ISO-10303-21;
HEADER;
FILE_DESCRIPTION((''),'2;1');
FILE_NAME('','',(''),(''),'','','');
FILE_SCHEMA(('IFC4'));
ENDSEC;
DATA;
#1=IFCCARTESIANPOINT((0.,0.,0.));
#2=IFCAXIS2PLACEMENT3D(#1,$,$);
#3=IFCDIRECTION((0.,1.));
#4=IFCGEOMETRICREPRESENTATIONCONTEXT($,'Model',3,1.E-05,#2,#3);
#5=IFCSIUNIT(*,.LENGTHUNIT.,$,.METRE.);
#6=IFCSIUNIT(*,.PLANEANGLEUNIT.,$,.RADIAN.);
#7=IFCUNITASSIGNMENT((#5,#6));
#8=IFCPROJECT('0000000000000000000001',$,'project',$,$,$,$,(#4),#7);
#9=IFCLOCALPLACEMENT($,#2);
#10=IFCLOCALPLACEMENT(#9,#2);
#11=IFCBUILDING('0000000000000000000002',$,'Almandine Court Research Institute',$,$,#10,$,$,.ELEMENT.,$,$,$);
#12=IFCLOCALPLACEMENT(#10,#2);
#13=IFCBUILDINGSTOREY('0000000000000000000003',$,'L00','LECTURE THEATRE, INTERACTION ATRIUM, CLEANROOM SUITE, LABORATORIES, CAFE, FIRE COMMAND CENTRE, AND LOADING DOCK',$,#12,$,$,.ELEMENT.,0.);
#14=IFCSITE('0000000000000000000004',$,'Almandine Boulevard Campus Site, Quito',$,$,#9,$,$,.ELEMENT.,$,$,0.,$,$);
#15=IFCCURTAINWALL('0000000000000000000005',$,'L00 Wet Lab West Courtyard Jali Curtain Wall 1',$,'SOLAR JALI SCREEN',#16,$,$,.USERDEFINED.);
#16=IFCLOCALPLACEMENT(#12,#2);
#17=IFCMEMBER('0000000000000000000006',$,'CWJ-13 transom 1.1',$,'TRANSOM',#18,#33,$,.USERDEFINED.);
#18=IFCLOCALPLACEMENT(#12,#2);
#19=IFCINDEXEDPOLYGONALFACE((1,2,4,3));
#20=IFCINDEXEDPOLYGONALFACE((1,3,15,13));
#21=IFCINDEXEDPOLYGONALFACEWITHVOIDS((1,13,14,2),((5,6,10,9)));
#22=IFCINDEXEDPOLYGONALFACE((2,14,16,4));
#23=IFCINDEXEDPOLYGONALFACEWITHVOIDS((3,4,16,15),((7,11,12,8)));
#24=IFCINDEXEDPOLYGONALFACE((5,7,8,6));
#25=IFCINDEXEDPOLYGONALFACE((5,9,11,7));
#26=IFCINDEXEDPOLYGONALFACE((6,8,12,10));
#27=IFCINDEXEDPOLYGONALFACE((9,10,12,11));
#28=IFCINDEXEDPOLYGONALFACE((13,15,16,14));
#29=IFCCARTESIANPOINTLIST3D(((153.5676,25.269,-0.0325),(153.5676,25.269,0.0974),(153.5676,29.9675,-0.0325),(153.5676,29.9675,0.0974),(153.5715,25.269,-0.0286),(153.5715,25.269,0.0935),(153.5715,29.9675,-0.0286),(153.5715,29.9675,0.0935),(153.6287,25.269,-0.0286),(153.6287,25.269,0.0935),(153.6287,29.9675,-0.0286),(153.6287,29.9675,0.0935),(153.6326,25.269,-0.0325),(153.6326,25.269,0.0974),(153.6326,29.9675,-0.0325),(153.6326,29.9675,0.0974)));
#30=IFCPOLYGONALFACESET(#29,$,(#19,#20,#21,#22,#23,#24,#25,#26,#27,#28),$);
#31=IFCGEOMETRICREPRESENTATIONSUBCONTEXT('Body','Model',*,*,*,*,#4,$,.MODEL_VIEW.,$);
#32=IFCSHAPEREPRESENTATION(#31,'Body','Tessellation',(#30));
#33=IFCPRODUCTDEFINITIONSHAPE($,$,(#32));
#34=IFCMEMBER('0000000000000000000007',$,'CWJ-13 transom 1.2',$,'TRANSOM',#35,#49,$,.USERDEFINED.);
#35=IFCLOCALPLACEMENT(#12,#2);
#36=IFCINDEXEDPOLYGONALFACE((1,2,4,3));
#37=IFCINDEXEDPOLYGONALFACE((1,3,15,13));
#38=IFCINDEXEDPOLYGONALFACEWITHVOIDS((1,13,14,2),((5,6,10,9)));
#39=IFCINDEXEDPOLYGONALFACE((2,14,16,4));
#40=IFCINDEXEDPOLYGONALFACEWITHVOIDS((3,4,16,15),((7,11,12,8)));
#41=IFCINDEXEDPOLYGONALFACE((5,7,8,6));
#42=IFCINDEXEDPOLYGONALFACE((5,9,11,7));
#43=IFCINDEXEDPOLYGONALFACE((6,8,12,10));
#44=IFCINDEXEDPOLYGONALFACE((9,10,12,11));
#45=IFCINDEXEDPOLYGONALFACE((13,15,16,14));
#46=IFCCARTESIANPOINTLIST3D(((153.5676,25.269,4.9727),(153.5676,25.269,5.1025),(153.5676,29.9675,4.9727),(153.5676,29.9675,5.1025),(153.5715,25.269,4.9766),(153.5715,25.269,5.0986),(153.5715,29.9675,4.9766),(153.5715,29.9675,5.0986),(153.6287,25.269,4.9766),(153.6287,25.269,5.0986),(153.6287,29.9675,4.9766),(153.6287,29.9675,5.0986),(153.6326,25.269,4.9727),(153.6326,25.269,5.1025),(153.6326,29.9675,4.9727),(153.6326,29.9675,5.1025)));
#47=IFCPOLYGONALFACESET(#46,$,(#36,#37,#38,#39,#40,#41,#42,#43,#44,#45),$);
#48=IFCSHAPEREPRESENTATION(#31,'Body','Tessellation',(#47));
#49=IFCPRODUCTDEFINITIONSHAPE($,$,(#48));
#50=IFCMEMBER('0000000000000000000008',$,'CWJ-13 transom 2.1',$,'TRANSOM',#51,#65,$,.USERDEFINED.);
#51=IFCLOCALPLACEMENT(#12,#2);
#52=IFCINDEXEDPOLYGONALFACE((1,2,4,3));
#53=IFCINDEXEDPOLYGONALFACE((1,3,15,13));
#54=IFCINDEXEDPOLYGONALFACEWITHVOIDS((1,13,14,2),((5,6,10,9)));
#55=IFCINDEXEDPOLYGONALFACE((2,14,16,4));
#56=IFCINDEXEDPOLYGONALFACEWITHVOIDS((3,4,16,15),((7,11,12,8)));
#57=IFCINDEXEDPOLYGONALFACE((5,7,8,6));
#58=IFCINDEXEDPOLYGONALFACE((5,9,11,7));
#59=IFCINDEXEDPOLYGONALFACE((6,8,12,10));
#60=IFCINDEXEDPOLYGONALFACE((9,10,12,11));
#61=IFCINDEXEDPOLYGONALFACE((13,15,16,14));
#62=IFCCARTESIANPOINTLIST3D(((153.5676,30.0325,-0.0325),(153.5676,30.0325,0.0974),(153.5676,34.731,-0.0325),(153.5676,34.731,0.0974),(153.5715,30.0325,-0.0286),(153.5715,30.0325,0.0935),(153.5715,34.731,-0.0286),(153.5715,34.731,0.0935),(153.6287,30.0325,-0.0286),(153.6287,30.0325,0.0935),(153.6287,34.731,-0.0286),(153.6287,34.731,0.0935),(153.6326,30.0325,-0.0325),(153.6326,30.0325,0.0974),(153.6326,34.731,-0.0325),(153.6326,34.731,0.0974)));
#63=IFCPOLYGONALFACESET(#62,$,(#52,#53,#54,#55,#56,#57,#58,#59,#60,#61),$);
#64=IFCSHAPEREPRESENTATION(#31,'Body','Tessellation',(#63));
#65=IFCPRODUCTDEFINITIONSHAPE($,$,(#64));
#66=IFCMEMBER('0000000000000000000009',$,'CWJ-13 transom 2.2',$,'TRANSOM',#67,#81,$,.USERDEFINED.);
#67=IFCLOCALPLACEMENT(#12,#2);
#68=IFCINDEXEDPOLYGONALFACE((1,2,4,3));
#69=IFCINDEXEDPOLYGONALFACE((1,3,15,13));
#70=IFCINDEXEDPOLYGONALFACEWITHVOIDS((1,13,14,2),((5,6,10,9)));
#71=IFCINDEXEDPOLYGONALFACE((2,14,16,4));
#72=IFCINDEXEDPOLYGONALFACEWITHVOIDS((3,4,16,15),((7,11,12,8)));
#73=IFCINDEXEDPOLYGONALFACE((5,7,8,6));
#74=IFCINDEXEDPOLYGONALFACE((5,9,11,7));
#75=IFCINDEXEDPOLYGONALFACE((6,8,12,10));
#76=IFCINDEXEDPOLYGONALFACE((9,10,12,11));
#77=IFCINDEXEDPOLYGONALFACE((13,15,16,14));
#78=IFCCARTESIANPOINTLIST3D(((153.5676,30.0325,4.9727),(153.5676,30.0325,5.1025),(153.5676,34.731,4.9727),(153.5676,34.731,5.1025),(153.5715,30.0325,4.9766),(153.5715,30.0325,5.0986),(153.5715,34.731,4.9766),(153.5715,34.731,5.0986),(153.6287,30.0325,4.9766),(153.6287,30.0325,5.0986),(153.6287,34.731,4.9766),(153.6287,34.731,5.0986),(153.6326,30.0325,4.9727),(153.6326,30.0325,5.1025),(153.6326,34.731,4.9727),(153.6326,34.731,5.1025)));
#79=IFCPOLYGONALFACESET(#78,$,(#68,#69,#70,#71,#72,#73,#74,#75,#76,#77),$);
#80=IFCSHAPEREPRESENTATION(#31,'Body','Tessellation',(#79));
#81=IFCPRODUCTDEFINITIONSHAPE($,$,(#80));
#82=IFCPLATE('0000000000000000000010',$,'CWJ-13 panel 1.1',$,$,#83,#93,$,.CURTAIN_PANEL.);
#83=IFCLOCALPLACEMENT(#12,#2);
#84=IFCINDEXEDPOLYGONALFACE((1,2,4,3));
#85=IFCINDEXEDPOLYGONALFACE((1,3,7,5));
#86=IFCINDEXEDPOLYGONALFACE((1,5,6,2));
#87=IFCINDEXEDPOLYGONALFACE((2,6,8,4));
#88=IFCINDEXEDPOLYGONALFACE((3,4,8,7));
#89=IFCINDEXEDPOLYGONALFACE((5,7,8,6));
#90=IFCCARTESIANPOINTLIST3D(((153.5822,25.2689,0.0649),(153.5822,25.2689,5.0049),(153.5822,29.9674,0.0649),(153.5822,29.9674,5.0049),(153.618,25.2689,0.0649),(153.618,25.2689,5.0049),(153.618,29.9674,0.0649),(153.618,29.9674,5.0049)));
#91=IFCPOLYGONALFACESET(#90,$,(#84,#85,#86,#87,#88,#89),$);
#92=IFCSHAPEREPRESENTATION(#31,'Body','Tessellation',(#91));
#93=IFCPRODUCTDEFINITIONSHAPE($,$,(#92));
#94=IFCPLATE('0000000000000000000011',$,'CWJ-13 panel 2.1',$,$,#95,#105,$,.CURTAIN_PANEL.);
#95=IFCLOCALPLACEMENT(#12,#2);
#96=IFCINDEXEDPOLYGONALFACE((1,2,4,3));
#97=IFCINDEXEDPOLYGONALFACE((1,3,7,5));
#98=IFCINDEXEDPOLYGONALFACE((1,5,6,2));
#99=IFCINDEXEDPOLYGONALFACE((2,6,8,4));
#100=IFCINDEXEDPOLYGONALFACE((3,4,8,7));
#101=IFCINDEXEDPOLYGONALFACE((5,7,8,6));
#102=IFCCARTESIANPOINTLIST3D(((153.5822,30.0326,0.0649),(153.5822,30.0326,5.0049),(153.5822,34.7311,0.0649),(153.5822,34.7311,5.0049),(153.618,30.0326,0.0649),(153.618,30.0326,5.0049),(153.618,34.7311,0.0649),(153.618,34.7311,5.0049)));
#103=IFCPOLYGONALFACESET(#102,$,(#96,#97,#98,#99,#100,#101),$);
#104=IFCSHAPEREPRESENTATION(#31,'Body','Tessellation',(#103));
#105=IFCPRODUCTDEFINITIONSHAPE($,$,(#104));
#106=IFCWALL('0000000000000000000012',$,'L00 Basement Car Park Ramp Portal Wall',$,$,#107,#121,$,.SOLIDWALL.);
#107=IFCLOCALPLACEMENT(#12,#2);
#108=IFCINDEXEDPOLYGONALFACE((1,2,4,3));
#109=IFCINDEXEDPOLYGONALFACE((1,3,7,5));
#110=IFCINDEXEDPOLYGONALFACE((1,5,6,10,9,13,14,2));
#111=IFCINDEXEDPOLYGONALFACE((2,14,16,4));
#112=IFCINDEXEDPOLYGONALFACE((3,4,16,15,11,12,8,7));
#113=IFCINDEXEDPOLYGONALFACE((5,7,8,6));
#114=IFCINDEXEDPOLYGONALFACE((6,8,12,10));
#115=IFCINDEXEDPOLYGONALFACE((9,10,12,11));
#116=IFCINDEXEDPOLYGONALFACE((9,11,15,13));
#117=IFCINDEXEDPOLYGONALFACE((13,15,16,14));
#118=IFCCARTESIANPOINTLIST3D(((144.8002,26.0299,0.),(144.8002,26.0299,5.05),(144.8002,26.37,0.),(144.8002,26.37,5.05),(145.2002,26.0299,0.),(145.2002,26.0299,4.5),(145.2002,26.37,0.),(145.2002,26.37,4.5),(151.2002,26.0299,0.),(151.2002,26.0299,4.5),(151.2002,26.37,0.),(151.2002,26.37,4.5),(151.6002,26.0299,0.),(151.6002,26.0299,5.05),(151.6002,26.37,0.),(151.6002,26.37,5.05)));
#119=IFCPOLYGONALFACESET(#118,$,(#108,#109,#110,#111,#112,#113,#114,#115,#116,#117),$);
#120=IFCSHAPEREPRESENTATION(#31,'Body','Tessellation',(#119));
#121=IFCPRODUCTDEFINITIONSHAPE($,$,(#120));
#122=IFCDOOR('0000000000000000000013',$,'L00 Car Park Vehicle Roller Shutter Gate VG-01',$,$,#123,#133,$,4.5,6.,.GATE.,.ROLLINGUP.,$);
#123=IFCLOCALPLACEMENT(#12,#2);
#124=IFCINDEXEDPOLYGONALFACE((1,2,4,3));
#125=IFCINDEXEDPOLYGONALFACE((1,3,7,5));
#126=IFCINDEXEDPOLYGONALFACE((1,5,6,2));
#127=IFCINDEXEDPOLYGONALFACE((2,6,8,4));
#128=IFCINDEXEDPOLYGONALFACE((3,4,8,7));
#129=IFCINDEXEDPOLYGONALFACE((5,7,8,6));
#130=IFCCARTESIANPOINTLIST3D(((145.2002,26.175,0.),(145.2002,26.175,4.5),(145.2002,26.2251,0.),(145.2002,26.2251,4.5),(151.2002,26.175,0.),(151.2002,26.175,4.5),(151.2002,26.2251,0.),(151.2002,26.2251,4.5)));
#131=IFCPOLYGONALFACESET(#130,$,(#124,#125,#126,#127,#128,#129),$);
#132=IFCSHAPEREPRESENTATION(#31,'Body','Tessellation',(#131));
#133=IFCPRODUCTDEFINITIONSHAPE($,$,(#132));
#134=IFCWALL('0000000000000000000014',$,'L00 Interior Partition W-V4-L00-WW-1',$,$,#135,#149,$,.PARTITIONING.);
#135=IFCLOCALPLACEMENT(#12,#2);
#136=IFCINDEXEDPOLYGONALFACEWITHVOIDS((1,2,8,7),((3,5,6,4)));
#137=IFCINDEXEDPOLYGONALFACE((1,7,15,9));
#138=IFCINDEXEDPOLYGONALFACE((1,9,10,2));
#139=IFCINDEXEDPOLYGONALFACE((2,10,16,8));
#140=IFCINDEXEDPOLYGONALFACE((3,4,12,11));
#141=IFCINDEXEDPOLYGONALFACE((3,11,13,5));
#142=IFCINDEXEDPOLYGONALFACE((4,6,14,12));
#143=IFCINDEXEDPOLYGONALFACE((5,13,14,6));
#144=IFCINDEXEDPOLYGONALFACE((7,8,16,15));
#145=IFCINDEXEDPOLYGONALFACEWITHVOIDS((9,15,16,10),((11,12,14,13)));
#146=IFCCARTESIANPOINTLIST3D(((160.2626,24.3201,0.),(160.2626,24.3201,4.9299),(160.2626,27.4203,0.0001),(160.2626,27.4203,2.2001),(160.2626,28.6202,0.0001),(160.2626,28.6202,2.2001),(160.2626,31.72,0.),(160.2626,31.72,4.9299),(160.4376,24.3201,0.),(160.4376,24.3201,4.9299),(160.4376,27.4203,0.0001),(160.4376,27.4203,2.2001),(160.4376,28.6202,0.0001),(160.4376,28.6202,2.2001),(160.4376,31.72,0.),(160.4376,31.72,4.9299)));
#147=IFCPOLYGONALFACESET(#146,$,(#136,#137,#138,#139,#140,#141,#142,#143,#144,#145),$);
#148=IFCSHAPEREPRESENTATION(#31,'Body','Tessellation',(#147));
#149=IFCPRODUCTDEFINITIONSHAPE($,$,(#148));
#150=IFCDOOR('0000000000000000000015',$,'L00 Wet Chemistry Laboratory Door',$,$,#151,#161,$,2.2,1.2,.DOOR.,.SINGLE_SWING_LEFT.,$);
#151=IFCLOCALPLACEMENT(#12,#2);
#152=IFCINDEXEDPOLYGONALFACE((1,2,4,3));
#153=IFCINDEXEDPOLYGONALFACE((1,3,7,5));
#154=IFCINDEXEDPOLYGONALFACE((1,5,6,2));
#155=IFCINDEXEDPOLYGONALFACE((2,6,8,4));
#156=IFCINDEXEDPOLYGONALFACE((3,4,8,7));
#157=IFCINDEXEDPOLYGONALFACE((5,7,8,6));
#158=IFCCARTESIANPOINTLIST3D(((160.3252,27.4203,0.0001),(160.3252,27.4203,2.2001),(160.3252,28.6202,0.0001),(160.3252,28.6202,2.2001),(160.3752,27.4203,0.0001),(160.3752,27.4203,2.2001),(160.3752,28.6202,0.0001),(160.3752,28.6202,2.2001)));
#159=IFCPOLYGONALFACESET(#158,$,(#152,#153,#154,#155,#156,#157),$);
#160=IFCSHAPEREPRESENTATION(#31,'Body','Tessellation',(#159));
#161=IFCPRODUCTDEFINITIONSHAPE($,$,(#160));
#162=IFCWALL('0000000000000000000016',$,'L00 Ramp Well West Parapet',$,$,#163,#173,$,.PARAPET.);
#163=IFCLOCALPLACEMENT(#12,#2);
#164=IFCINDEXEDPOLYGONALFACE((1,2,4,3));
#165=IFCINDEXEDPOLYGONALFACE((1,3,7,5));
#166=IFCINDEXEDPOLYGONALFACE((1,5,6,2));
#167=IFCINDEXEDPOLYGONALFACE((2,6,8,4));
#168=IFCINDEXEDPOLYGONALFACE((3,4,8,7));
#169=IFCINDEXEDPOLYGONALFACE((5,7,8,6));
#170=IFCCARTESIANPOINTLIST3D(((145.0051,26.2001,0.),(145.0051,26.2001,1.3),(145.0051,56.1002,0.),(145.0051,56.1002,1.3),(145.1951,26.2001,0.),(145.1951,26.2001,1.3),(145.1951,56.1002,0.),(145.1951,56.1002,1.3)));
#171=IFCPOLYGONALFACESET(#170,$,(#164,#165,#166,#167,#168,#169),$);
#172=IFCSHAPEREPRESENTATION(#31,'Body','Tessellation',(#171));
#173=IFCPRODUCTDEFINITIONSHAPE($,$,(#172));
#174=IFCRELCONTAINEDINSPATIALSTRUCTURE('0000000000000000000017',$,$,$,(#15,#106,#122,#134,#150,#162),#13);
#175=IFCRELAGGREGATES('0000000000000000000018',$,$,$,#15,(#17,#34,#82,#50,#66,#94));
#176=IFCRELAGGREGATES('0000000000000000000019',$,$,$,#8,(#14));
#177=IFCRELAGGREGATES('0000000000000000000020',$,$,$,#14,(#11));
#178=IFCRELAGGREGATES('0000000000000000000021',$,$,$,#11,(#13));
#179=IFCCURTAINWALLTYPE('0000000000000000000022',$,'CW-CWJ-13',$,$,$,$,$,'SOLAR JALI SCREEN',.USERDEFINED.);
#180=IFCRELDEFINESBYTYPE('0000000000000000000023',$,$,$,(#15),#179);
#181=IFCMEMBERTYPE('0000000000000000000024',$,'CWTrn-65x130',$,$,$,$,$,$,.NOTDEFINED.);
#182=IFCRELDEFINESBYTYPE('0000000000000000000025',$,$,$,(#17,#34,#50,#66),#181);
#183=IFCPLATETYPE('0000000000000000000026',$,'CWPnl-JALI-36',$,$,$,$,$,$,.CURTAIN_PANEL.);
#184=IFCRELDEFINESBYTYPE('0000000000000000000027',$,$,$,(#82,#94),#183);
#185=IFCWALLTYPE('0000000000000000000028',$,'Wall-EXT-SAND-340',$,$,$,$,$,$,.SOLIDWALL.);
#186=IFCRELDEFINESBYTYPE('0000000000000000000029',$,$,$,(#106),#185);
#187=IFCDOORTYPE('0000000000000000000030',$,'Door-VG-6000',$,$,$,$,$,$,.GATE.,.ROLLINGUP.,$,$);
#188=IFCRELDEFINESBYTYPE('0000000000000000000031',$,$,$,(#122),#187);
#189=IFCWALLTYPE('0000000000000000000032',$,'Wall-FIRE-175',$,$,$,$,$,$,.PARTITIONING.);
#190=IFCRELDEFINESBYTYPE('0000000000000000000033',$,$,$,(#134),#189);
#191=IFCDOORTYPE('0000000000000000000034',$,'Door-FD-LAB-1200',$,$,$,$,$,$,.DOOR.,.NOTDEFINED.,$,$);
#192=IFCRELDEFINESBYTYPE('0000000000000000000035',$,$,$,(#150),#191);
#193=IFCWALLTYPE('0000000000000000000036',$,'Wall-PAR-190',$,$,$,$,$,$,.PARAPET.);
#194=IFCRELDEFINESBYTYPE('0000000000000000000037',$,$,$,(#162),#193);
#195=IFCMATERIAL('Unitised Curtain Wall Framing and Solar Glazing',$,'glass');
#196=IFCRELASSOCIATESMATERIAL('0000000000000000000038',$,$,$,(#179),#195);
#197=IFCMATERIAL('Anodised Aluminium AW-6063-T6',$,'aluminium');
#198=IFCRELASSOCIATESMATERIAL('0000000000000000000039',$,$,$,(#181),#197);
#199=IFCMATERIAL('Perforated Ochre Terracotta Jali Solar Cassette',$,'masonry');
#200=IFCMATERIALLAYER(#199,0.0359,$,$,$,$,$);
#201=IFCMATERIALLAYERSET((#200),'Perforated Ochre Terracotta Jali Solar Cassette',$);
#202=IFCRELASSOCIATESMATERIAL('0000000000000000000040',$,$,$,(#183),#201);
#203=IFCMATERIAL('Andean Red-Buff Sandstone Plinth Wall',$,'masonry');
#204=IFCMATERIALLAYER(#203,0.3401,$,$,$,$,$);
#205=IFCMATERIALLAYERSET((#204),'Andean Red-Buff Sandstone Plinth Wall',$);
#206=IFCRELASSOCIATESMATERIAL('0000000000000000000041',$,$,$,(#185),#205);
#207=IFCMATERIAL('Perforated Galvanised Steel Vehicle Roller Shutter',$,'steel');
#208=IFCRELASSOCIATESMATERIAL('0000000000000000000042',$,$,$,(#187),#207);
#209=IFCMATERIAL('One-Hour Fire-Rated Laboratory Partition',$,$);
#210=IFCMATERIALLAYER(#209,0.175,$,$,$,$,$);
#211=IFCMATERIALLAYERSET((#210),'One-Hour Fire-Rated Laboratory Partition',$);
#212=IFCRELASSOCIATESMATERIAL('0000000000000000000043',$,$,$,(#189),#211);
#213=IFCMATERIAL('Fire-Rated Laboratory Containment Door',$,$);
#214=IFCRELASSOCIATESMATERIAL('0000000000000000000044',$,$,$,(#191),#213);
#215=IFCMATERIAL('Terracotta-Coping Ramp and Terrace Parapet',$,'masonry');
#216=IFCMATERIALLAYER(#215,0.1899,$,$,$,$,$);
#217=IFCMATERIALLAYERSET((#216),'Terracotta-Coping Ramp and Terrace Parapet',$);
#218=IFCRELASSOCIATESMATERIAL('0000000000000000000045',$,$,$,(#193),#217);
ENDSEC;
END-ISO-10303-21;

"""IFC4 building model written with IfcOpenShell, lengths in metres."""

from ifc_helpers import new_model, si_unit, direction, frame, frame_2d, origin, origin_2d, place, context, subcontext, project, spatial, rectangle, hollow_rectangle, extrude, material, layer, layer_set, material_profile, profile_set, type_object, element, fill, aggregate, save


model = new_model("IFC4")

# Units and contexts
model_context = context("Model", 3, precision=1e-05, world=origin(), true_north=direction((0.0, 1.0)))
body_context = subcontext(model_context, "Body", "Model", "MODEL_VIEW")
ifc_project = project(units=[si_unit("LENGTHUNIT", "METRE"), si_unit("PLANEANGLEUNIT", "RADIAN")], contexts=[model_context])

# Site, building, storey
site_placement = place(None, origin())
site = spatial("IfcSite", under=ifc_project, at=site_placement, Name="Almandine Boulevard Campus Site, Quito", CompositionType="ELEMENT", RefElevation=0.0)
building_placement = place(site_placement, origin())
building = spatial("IfcBuilding", under=site, at=building_placement, Name="Almandine Court Research Institute", CompositionType="ELEMENT")
storey_placement = place(building_placement, origin())
storey = spatial("IfcBuildingStorey", under=building, at=storey_placement, Name="L00", Description="LECTURE THEATRE, INTERACTION ATRIUM, CLEANROOM SUITE, LABORATORIES, CAFE, FIRE COMMAND CENTRE, AND LOADING DOCK", CompositionType="ELEMENT", Elevation=0.0)

# Curtain wall, members, plates
ifc_material_1 = material(Name="Unitised Curtain Wall Framing and Solar Glazing", Category="glass")
curtain_wall_type = type_object("IfcCurtainWallType", Name="CW-CWJ-13", ElementType="SOLAR JALI SCREEN", PredefinedType="USERDEFINED", material=ifc_material_1)
curtain_wall_placement = place(storey_placement, origin())
curtain_wall = element("IfcCurtainWall", 1, at=curtain_wall_placement, inside=storey, type_object=curtain_wall_type, Name="L00 Wet Lab West Courtyard Jali Curtain Wall 1", ObjectType="SOLAR JALI SCREEN", PredefinedType="USERDEFINED")
ifc_material_2 = material(Name="Anodised Aluminium AW-6063-T6", Category="aluminium")
ifc_material_profile_1 = material_profile(ifc_material_2, hollow_rectangle(XDim=0.0649, YDim=0.1299, WallThickness=0.0039, at=origin_2d()), Name="ALU RHS 65x130x4")
ifc_profile_set_1 = profile_set([ifc_material_profile_1], Name="Anodised Aluminium AW-6063-T6")
member_type_1 = type_object("IfcMemberType", Name="CWTrn-65x130", PredefinedType="NOTDEFINED", material=ifc_profile_set_1)
member_1_placement = place(storey_placement, frame((153.6001, 25.269, 0.0325), z_axis=(0.0, 1.0, 0.0), x_axis=(-1.0, 0.0, 0.0)))
member_1 = element("IfcMember", 2, at=member_1_placement, type_object=member_type_1, Name="CWJ-13 transom 1.1", ObjectType="TRANSOM", PredefinedType="USERDEFINED", context=body_context, shape_type="SweptSolid", body=[
    extrude(hollow_rectangle(XDim=0.0649, YDim=0.1299, WallThickness=0.0039, at=origin_2d()), origin(), (0.0, 0.0, 1.0), 4.6985),
])
member_2_placement = place(storey_placement, frame((153.6001, 25.269, 5.0376), z_axis=(0.0, 1.0, 0.0), x_axis=(-1.0, 0.0, 0.0)))
member_2 = element("IfcMember", 3, at=member_2_placement, type_object=member_type_1, Name="CWJ-13 transom 1.2", ObjectType="TRANSOM", PredefinedType="USERDEFINED", context=body_context, shape_type="SweptSolid", body=[
    extrude(hollow_rectangle(XDim=0.0649, YDim=0.1299, WallThickness=0.0039, at=origin_2d()), origin(), (0.0, 0.0, 1.0), 4.6985),
])
member_3_placement = place(storey_placement, frame((153.6001, 30.0325, 0.0325), z_axis=(0.0, 1.0, 0.0), x_axis=(-1.0, 0.0, 0.0)))
member_3 = element("IfcMember", 4, at=member_3_placement, type_object=member_type_1, Name="CWJ-13 transom 2.1", ObjectType="TRANSOM", PredefinedType="USERDEFINED", context=body_context, shape_type="SweptSolid", body=[
    extrude(hollow_rectangle(XDim=0.0649, YDim=0.1299, WallThickness=0.0039, at=origin_2d()), origin(), (0.0, 0.0, 1.0), 4.6985),
])
member_4_placement = place(storey_placement, frame((153.6001, 30.0325, 5.0376), z_axis=(0.0, 1.0, 0.0), x_axis=(-1.0, 0.0, 0.0)))
member_4 = element("IfcMember", 5, at=member_4_placement, type_object=member_type_1, Name="CWJ-13 transom 2.2", ObjectType="TRANSOM", PredefinedType="USERDEFINED", context=body_context, shape_type="SweptSolid", body=[
    extrude(hollow_rectangle(XDim=0.0649, YDim=0.1299, WallThickness=0.0039, at=origin_2d()), origin(), (0.0, 0.0, 1.0), 4.6985),
])
ifc_material_3 = material(Name="Perforated Ochre Terracotta Jali Solar Cassette", Category="masonry")
ifc_layer_1 = layer(ifc_material_3, 0.0359)
ifc_layer_set_1 = layer_set([ifc_layer_1], Name="Perforated Ochre Terracotta Jali Solar Cassette")
plate_type = type_object("IfcPlateType", Name="CWPnl-JALI-36", PredefinedType="CURTAIN_PANEL", material=ifc_layer_set_1)
plate_1_placement = place(storey_placement, frame((153.6001, 27.6182, 0.0649), z_axis=(0.0, 0.0, 1.0), x_axis=(0.0, 1.0, 0.0)))
plate_1 = element("IfcPlate", 6, at=plate_1_placement, type_object=plate_type, Name="CWJ-13 panel 1.1", PredefinedType="CURTAIN_PANEL", context=body_context, shape_type="SweptSolid", body=[
    extrude(rectangle(XDim=4.6985, YDim=0.0359, at=origin_2d()), origin(), (0.0, 0.0, 1.0), 4.9399),
])
plate_2_placement = place(storey_placement, frame((153.6001, 32.3818, 0.0649), z_axis=(0.0, 0.0, 1.0), x_axis=(0.0, 1.0, 0.0)))
plate_2 = element("IfcPlate", 7, at=plate_2_placement, type_object=plate_type, Name="CWJ-13 panel 2.1", PredefinedType="CURTAIN_PANEL", context=body_context, shape_type="SweptSolid", body=[
    extrude(rectangle(XDim=4.6985, YDim=0.0359, at=origin_2d()), origin(), (0.0, 0.0, 1.0), 4.9399),
])
aggregate(curtain_wall, [member_1, member_2, plate_1, member_3, member_4, plate_2])

# Walls, openings, doors
ifc_material_4 = material(Name="Andean Red-Buff Sandstone Plinth Wall", Category="masonry")
ifc_layer_2 = layer(ifc_material_4, 0.3401)
ifc_layer_set_2 = layer_set([ifc_layer_2], Name="Andean Red-Buff Sandstone Plinth Wall")
wall_type_1 = type_object("IfcWallType", Name="Wall-EXT-SAND-340", PredefinedType="SOLIDWALL", material=ifc_layer_set_2)
wall_1_placement = place(storey_placement, frame((151.6001, 26.2, 0.0), z_axis=(0.0, 0.0, 1.0), x_axis=(-1.0, 0.0, 0.0)))
wall_1 = element("IfcWall", 8, at=wall_1_placement, inside=storey, type_object=wall_type_1, Name="L00 Basement Car Park Ramp Portal Wall", PredefinedType="SOLIDWALL", context=body_context, shape_type="SweptSolid", body=[
    extrude(rectangle(XDim=6.8, YDim=0.3401, at=frame_2d((3.3999, 0.0))), origin(), (0.0, 0.0, 1.0), 5.05),
])
opening_1_placement = place(wall_1_placement, frame((0.3999, 0.0, 0.0)))
opening_1 = element("IfcOpeningElement", 9, at=opening_1_placement, cuts=wall_1, PredefinedType="OPENING", context=body_context, shape_type="SweptSolid", body=[
    extrude(rectangle(XDim=6.0, YDim=4.5, at=frame_2d((3.0, 2.25))), frame((0.0, 0.1799, 0.0), z_axis=(0.0, -1.0, 0.0), x_axis=(1.0, 0.0, 0.0)), (0.0, 0.0, 1.0), 0.3601),
])
ifc_material_5 = material(Name="Perforated Galvanised Steel Vehicle Roller Shutter", Category="steel")
door_type_1 = type_object("IfcDoorType", Name="Door-VG-6000", OperationType="ROLLINGUP", PredefinedType="GATE", material=ifc_material_5)
door_1_placement = place(opening_1_placement, origin())
door_1 = element("IfcDoor", 10, at=door_1_placement, inside=storey, type_object=door_type_1, Name="L00 Car Park Vehicle Roller Shutter Gate VG-01", OperationType="ROLLINGUP", OverallHeight=4.5, OverallWidth=6.0, PredefinedType="GATE", context=body_context, shape_type="SweptSolid", body=[
    extrude(rectangle(XDim=6.0, YDim=4.5, at=frame_2d((3.0, 2.25))), frame((0.0, 0.0249, 0.0), z_axis=(0.0, -1.0, 0.0), x_axis=(1.0, 0.0, 0.0)), (0.0, 0.0, 1.0), 0.05),
])
fill(opening_1, door_1)
ifc_material_6 = material(Name="One-Hour Fire-Rated Laboratory Partition")
ifc_layer_3 = layer(ifc_material_6, 0.175)
ifc_layer_set_3 = layer_set([ifc_layer_3], Name="One-Hour Fire-Rated Laboratory Partition")
wall_type_2 = type_object("IfcWallType", Name="Wall-FIRE-175", PredefinedType="PARTITIONING", material=ifc_layer_set_3)
wall_2_placement = place(storey_placement, frame((160.3501, 24.3201, 0.0), z_axis=(0.0, 0.0, 1.0), x_axis=(0.0, 1.0, 0.0)))
wall_2 = element("IfcWall", 11, at=wall_2_placement, inside=storey, type_object=wall_type_2, Name="L00 Interior Partition W-V4-L00-WW-1", PredefinedType="PARTITIONING", context=body_context, shape_type="SweptSolid", body=[
    extrude(rectangle(XDim=7.3999, YDim=0.175, at=frame_2d((3.7, 0.0))), origin(), (0.0, 0.0, 1.0), 4.9299),
])
opening_2_placement = place(wall_2_placement, frame((3.1001, 0.0, 0.0)))
opening_2 = element("IfcOpeningElement", 12, at=opening_2_placement, cuts=wall_2, PredefinedType="OPENING", context=body_context, shape_type="SweptSolid", body=[
    extrude(rectangle(XDim=1.2, YDim=2.2, at=frame_2d((0.6001, 1.1001))), frame((0.0, 0.0974, 0.0), z_axis=(0.0, -1.0, 0.0), x_axis=(1.0, 0.0, 0.0)), (0.0, 0.0, 1.0), 0.1951),
])
ifc_material_7 = material(Name="Fire-Rated Laboratory Containment Door")
door_type_2 = type_object("IfcDoorType", Name="Door-FD-LAB-1200", OperationType="NOTDEFINED", PredefinedType="DOOR", material=ifc_material_7)
door_2_placement = place(opening_2_placement, origin())
door_2 = element("IfcDoor", 13, at=door_2_placement, inside=storey, type_object=door_type_2, Name="L00 Wet Chemistry Laboratory Door", OperationType="SINGLE_SWING_LEFT", OverallHeight=2.2, OverallWidth=1.2, PredefinedType="DOOR", context=body_context, shape_type="SweptSolid", body=[
    extrude(rectangle(XDim=1.2, YDim=2.2, at=frame_2d((0.6001, 1.1001))), frame((0.0, 0.0249, 0.0), z_axis=(0.0, -1.0, 0.0), x_axis=(1.0, 0.0, 0.0)), (0.0, 0.0, 1.0), 0.05),
])
fill(opening_2, door_2)

# Wall
ifc_material_8 = material(Name="Terracotta-Coping Ramp and Terrace Parapet", Category="masonry")
ifc_layer_4 = layer(ifc_material_8, 0.1899)
ifc_layer_set_4 = layer_set([ifc_layer_4], Name="Terracotta-Coping Ramp and Terrace Parapet")
wall_type_3 = type_object("IfcWallType", Name="Wall-PAR-190", PredefinedType="PARAPET", material=ifc_layer_set_4)
wall_3_placement = place(storey_placement, frame((145.1001, 26.2, 0.0), z_axis=(0.0, 0.0, 1.0), x_axis=(0.0, 1.0, 0.0)))
element("IfcWall", 14, at=wall_3_placement, inside=storey, type_object=wall_type_3, Name="L00 Ramp Well West Parapet", PredefinedType="PARAPET", context=body_context, shape_type="SweptSolid", body=[
    extrude(rectangle(XDim=29.9001, YDim=0.1899, at=frame_2d((14.9502, 0.0))), origin(), (0.0, 0.0, 1.0), 1.3),
])

save(model, "model.ifc")
